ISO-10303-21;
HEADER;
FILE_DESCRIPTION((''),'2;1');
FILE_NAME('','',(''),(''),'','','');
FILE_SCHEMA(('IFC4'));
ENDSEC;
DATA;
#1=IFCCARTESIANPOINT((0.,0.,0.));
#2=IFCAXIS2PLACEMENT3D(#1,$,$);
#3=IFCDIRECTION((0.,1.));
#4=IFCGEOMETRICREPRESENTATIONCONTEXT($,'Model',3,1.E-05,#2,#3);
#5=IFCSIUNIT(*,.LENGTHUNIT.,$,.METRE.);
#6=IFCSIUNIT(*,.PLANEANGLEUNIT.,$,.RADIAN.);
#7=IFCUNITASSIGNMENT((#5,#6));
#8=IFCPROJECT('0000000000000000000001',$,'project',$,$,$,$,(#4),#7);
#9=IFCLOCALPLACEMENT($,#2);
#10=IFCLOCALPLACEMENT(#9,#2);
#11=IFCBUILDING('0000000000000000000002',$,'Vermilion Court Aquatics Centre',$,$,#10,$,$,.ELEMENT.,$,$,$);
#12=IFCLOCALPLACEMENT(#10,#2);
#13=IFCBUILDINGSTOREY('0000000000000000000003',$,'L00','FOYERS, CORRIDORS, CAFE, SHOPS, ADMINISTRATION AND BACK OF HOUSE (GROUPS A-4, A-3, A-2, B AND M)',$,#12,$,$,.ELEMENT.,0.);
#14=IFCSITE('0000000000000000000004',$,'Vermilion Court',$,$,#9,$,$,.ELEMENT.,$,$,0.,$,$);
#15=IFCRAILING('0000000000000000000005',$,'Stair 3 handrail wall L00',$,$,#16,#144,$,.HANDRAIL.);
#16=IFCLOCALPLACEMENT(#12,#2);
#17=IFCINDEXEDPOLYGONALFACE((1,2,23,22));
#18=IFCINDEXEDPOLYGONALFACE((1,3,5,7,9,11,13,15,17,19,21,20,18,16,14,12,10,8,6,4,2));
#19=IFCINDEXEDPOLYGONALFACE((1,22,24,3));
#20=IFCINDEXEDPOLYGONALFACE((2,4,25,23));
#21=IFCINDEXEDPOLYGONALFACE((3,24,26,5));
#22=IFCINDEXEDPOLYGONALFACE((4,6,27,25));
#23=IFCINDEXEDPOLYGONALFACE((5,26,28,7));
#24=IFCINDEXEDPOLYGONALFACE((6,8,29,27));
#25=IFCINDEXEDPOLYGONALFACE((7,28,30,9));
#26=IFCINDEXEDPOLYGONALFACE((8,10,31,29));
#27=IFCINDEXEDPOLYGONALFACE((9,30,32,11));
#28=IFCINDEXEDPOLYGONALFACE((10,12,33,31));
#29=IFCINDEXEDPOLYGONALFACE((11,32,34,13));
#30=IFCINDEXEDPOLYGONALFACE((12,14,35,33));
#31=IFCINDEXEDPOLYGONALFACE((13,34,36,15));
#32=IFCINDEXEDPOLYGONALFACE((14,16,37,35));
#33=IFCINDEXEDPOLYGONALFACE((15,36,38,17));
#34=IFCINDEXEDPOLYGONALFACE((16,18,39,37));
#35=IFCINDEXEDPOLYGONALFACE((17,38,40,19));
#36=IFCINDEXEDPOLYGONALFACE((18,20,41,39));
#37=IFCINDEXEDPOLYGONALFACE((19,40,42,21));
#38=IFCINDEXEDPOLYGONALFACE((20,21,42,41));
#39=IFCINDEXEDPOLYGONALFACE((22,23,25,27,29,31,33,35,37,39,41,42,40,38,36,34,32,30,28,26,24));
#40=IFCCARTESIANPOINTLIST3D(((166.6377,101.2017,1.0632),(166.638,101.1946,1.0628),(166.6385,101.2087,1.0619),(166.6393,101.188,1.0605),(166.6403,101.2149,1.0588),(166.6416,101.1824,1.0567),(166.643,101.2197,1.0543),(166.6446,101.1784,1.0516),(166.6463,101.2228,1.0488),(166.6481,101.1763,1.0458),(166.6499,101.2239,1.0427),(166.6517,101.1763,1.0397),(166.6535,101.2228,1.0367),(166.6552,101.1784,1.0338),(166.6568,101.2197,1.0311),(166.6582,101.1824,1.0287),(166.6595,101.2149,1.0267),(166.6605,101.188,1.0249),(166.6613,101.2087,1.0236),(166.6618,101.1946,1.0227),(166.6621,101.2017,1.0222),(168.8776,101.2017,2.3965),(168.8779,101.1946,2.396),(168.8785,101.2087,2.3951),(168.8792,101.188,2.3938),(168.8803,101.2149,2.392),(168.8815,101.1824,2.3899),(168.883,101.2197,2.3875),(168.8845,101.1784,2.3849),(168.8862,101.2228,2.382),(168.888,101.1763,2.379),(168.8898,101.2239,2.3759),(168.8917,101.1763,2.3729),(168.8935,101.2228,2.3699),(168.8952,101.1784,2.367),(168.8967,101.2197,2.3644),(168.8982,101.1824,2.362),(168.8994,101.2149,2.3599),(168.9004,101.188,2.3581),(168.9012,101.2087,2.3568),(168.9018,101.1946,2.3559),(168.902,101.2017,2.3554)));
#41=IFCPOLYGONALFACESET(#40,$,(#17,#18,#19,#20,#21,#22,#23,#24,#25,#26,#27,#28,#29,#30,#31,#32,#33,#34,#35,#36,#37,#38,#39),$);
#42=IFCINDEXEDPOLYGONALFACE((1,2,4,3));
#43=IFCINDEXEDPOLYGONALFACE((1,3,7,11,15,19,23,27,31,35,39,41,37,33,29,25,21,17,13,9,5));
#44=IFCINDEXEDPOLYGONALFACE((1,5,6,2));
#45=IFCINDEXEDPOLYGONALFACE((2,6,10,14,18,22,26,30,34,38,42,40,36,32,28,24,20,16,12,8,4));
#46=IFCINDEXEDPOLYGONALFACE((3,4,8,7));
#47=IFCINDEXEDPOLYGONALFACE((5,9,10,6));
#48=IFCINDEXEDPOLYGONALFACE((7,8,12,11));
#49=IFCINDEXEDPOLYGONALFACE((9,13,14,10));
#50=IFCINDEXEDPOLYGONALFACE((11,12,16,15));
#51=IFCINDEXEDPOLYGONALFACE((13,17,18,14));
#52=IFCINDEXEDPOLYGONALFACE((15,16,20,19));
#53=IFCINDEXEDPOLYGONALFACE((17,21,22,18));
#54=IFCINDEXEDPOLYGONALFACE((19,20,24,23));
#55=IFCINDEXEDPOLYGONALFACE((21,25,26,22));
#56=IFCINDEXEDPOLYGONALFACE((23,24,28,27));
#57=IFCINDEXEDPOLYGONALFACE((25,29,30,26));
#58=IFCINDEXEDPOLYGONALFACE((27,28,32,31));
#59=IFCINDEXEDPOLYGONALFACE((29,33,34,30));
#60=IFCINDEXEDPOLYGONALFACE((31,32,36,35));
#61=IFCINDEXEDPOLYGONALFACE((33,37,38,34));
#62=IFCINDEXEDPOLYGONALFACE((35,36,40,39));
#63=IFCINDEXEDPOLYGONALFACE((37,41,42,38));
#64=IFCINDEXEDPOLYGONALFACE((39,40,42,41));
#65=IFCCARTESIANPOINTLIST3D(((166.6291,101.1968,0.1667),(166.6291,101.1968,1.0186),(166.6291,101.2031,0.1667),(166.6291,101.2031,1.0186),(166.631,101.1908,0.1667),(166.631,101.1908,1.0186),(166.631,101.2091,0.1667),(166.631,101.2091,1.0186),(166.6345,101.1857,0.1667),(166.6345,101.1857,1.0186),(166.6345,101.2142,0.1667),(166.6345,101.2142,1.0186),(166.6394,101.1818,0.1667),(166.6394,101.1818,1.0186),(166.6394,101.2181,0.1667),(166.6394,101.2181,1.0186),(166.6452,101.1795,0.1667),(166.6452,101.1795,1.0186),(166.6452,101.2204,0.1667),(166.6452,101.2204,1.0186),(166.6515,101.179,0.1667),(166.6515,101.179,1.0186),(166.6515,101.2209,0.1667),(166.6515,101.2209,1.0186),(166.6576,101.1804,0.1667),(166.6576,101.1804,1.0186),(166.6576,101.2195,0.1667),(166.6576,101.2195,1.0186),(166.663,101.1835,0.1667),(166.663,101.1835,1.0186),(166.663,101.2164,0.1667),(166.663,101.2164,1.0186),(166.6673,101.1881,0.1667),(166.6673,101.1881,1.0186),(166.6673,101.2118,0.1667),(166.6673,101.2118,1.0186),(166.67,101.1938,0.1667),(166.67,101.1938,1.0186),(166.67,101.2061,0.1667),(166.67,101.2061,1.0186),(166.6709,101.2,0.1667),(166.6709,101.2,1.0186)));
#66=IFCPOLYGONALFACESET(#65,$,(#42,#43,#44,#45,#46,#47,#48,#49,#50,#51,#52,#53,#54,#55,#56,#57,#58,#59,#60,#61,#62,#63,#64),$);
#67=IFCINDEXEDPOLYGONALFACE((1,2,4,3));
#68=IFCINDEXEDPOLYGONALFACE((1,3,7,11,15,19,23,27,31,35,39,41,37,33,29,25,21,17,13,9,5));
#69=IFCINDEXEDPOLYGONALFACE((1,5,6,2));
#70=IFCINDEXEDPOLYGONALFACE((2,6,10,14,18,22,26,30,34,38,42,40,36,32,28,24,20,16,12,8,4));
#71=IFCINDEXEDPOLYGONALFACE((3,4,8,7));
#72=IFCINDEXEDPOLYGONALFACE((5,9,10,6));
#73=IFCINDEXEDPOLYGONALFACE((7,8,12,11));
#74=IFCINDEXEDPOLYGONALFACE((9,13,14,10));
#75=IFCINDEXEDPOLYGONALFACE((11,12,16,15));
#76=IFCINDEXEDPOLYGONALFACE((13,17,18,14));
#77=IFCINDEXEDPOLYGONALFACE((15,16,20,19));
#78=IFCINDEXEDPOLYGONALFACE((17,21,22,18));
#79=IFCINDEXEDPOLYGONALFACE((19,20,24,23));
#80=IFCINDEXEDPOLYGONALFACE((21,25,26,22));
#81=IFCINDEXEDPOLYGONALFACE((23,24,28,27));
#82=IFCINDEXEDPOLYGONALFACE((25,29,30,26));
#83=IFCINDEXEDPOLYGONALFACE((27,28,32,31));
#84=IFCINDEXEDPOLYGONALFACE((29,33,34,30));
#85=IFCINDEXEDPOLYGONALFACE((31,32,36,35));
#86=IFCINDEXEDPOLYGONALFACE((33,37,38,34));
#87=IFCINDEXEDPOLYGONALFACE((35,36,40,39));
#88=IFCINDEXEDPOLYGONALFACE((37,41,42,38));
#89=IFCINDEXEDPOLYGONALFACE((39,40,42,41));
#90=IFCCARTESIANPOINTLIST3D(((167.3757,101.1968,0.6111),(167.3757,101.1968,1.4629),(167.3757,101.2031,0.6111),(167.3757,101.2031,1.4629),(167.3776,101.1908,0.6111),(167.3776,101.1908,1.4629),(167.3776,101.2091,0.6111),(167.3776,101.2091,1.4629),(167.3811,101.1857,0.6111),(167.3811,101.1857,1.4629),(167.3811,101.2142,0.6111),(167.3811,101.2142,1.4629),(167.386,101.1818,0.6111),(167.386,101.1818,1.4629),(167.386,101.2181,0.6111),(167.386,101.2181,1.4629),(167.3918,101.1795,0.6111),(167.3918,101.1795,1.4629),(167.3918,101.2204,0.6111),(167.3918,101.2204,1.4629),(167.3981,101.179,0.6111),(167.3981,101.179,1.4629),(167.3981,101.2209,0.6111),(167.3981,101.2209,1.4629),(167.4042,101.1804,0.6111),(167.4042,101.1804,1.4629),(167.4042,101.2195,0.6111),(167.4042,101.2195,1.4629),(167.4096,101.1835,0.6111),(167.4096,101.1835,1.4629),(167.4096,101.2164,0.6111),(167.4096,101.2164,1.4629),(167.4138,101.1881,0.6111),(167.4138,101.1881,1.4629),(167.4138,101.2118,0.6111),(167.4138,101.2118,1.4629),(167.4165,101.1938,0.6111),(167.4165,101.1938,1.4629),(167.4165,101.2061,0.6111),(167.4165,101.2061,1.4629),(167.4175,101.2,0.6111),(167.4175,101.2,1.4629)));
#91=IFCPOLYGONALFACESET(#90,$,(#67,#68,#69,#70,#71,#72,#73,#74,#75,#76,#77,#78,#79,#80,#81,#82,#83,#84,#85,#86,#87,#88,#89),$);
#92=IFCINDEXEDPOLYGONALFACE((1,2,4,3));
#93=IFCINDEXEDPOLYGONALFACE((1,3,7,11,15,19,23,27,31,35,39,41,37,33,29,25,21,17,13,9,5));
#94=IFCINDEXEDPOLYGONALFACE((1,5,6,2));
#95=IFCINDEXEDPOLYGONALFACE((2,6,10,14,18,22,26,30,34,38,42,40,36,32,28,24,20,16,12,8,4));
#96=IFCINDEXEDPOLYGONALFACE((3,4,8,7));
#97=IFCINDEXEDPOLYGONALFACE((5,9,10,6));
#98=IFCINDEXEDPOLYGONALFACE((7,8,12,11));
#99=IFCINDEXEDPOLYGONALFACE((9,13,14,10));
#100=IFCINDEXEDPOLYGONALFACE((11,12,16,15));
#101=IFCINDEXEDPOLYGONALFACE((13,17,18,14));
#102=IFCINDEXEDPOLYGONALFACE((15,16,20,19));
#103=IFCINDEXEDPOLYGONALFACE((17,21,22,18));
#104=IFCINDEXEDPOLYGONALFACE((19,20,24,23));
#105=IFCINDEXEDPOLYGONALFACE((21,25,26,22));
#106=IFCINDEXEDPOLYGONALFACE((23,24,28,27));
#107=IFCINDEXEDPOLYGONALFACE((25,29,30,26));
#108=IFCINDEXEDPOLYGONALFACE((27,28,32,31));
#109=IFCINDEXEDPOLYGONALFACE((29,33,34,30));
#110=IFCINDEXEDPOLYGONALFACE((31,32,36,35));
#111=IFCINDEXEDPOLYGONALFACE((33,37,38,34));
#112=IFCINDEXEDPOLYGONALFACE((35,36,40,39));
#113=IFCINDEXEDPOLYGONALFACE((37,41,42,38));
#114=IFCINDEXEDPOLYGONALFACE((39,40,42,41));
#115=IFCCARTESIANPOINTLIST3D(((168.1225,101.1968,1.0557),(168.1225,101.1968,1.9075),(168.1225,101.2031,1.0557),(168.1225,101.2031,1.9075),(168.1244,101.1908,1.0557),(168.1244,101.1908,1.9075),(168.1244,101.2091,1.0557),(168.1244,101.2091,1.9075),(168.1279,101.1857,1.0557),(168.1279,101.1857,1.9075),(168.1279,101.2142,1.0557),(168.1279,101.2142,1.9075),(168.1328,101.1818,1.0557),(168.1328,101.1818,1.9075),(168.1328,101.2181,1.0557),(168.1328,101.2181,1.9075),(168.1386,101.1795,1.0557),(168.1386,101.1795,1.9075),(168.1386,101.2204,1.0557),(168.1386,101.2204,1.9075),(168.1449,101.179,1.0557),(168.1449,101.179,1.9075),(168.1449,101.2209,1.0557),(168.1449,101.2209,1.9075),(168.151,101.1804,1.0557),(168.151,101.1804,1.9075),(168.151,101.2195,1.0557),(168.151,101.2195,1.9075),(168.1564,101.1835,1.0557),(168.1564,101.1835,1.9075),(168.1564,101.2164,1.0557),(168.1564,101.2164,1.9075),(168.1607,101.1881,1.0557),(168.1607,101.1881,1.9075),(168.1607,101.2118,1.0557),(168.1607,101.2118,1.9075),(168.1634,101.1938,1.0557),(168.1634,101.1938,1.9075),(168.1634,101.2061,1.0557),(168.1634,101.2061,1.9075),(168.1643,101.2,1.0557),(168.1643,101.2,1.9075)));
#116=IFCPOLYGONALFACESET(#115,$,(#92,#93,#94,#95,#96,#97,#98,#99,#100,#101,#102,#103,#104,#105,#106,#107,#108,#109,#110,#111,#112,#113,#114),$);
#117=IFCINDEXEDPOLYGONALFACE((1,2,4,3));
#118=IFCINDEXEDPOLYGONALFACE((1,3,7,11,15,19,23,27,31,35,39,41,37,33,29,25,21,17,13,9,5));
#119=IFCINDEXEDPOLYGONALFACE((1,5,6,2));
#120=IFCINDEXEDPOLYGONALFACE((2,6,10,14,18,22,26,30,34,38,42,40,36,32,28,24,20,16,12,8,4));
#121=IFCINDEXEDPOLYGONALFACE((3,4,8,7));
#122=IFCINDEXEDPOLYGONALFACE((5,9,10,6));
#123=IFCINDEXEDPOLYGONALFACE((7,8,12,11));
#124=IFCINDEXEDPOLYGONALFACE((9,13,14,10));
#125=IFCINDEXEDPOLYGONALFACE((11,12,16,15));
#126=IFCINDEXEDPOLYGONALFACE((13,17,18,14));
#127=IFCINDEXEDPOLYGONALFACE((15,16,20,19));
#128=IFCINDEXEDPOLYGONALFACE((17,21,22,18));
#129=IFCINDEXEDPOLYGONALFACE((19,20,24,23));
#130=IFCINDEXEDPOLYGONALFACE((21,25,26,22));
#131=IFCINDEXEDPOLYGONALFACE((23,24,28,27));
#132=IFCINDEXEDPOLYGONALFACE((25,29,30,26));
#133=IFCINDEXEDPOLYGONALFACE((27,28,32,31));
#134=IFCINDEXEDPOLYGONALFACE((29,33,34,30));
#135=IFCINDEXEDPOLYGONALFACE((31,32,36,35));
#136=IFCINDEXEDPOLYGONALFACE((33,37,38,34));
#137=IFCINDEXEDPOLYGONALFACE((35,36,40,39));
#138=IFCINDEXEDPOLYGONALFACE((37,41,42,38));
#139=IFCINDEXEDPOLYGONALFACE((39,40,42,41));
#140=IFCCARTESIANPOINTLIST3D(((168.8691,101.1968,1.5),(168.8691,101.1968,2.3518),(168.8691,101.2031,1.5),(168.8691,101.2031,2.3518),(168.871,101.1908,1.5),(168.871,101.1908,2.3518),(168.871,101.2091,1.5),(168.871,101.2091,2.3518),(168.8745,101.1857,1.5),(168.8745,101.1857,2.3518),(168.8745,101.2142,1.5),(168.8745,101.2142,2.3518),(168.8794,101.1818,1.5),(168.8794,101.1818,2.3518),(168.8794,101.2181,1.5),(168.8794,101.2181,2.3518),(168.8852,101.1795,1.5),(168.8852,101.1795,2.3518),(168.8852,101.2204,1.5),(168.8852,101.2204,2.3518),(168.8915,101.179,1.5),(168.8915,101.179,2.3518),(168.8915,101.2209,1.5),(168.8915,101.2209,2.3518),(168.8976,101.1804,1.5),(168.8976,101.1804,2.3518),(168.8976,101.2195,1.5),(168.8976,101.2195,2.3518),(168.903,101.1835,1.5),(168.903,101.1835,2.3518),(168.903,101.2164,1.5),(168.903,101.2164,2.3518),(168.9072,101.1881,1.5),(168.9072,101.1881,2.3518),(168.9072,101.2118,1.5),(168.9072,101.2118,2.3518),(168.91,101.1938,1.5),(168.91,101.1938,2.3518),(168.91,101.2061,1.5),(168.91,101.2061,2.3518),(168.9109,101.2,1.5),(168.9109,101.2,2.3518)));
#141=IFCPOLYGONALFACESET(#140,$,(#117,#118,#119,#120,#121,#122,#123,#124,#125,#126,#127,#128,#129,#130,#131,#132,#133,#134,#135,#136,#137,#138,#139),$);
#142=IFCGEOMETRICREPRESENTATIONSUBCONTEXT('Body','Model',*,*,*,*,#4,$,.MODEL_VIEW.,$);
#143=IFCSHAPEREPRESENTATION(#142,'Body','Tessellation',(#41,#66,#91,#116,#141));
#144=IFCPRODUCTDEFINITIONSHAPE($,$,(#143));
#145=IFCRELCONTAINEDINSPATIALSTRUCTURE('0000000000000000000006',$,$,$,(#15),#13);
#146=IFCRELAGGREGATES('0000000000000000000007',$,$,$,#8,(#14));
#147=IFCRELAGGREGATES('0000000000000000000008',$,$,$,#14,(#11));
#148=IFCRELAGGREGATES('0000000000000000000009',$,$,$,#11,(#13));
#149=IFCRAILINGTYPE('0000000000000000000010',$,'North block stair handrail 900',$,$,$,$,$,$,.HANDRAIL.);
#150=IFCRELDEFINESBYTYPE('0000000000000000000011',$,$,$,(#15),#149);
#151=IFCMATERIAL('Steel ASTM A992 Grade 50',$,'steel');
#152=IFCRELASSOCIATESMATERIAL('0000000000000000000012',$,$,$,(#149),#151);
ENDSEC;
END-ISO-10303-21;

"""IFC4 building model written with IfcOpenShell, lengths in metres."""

from ifc_helpers import new_model, si_unit, direction, frame, origin, origin_2d, place, context, subcontext, project, spatial, circle, extrude, material, type_object, element, save


model = new_model("IFC4")

# Units and contexts
model_context = context("Model", 3, precision=1e-05, world=origin(), true_north=direction((0.0, 1.0)))
body_context = subcontext(model_context, "Body", "Model", "MODEL_VIEW")
ifc_project = project(units=[si_unit("LENGTHUNIT", "METRE"), si_unit("PLANEANGLEUNIT", "RADIAN")], contexts=[model_context])

# Site, building, storey
site_placement = place(None, origin())
site = spatial("IfcSite", under=ifc_project, at=site_placement, Name="Vermilion Court", CompositionType="ELEMENT", RefElevation=0.0)
building_placement = place(site_placement, origin())
building = spatial("IfcBuilding", under=site, at=building_placement, Name="Vermilion Court Aquatics Centre", CompositionType="ELEMENT")
storey_placement = place(building_placement, origin())
storey = spatial("IfcBuildingStorey", under=building, at=storey_placement, Name="L00", Description="FOYERS, CORRIDORS, CAFE, SHOPS, ADMINISTRATION AND BACK OF HOUSE (GROUPS A-4, A-3, A-2, B AND M)", CompositionType="ELEMENT", Elevation=0.0)

# Railing
ifc_material_1 = material(Name="Steel ASTM A992 Grade 50", Category="steel")
railing_type_1 = type_object("IfcRailingType", Name="North block stair handrail 900", PredefinedType="HANDRAIL", material=ifc_material_1)
for number, where, name in (
    (1, (166.6499, 101.2, 0.1667), "Stair 3 handrail wall L00"),
):
    element("IfcRailing", number, at=place(storey_placement, frame(where)), inside=storey, type_object=railing_type_1, Name=name, PredefinedType="HANDRAIL", context=body_context, shape_type="SweptSolid", body=[
        extrude(circle(Radius=0.0239, at=origin_2d()), frame((0.0, 0.0, 0.876), z_axis=(0.859306, 0.0, 0.511462), x_axis=(0.0, 1.0, 0.0)), (0.0, 0.0, 1.0), 2.6067),
        extrude(circle(Radius=0.021, at=origin_2d()), origin(), (0.0, 0.0, 1.0), 0.8518),
        extrude(circle(Radius=0.021, at=origin_2d()), frame((0.7466, 0.0, 0.4443)), (0.0, 0.0, 1.0), 0.8518),
        extrude(circle(Radius=0.021, at=origin_2d()), frame((1.4934, 0.0, 0.8889)), (0.0, 0.0, 1.0), 0.8518),
        extrude(circle(Radius=0.021, at=origin_2d()), frame((2.24, 0.0, 1.3333)), (0.0, 0.0, 1.0), 0.8518),
    ])

save(model, "model.ifc")
